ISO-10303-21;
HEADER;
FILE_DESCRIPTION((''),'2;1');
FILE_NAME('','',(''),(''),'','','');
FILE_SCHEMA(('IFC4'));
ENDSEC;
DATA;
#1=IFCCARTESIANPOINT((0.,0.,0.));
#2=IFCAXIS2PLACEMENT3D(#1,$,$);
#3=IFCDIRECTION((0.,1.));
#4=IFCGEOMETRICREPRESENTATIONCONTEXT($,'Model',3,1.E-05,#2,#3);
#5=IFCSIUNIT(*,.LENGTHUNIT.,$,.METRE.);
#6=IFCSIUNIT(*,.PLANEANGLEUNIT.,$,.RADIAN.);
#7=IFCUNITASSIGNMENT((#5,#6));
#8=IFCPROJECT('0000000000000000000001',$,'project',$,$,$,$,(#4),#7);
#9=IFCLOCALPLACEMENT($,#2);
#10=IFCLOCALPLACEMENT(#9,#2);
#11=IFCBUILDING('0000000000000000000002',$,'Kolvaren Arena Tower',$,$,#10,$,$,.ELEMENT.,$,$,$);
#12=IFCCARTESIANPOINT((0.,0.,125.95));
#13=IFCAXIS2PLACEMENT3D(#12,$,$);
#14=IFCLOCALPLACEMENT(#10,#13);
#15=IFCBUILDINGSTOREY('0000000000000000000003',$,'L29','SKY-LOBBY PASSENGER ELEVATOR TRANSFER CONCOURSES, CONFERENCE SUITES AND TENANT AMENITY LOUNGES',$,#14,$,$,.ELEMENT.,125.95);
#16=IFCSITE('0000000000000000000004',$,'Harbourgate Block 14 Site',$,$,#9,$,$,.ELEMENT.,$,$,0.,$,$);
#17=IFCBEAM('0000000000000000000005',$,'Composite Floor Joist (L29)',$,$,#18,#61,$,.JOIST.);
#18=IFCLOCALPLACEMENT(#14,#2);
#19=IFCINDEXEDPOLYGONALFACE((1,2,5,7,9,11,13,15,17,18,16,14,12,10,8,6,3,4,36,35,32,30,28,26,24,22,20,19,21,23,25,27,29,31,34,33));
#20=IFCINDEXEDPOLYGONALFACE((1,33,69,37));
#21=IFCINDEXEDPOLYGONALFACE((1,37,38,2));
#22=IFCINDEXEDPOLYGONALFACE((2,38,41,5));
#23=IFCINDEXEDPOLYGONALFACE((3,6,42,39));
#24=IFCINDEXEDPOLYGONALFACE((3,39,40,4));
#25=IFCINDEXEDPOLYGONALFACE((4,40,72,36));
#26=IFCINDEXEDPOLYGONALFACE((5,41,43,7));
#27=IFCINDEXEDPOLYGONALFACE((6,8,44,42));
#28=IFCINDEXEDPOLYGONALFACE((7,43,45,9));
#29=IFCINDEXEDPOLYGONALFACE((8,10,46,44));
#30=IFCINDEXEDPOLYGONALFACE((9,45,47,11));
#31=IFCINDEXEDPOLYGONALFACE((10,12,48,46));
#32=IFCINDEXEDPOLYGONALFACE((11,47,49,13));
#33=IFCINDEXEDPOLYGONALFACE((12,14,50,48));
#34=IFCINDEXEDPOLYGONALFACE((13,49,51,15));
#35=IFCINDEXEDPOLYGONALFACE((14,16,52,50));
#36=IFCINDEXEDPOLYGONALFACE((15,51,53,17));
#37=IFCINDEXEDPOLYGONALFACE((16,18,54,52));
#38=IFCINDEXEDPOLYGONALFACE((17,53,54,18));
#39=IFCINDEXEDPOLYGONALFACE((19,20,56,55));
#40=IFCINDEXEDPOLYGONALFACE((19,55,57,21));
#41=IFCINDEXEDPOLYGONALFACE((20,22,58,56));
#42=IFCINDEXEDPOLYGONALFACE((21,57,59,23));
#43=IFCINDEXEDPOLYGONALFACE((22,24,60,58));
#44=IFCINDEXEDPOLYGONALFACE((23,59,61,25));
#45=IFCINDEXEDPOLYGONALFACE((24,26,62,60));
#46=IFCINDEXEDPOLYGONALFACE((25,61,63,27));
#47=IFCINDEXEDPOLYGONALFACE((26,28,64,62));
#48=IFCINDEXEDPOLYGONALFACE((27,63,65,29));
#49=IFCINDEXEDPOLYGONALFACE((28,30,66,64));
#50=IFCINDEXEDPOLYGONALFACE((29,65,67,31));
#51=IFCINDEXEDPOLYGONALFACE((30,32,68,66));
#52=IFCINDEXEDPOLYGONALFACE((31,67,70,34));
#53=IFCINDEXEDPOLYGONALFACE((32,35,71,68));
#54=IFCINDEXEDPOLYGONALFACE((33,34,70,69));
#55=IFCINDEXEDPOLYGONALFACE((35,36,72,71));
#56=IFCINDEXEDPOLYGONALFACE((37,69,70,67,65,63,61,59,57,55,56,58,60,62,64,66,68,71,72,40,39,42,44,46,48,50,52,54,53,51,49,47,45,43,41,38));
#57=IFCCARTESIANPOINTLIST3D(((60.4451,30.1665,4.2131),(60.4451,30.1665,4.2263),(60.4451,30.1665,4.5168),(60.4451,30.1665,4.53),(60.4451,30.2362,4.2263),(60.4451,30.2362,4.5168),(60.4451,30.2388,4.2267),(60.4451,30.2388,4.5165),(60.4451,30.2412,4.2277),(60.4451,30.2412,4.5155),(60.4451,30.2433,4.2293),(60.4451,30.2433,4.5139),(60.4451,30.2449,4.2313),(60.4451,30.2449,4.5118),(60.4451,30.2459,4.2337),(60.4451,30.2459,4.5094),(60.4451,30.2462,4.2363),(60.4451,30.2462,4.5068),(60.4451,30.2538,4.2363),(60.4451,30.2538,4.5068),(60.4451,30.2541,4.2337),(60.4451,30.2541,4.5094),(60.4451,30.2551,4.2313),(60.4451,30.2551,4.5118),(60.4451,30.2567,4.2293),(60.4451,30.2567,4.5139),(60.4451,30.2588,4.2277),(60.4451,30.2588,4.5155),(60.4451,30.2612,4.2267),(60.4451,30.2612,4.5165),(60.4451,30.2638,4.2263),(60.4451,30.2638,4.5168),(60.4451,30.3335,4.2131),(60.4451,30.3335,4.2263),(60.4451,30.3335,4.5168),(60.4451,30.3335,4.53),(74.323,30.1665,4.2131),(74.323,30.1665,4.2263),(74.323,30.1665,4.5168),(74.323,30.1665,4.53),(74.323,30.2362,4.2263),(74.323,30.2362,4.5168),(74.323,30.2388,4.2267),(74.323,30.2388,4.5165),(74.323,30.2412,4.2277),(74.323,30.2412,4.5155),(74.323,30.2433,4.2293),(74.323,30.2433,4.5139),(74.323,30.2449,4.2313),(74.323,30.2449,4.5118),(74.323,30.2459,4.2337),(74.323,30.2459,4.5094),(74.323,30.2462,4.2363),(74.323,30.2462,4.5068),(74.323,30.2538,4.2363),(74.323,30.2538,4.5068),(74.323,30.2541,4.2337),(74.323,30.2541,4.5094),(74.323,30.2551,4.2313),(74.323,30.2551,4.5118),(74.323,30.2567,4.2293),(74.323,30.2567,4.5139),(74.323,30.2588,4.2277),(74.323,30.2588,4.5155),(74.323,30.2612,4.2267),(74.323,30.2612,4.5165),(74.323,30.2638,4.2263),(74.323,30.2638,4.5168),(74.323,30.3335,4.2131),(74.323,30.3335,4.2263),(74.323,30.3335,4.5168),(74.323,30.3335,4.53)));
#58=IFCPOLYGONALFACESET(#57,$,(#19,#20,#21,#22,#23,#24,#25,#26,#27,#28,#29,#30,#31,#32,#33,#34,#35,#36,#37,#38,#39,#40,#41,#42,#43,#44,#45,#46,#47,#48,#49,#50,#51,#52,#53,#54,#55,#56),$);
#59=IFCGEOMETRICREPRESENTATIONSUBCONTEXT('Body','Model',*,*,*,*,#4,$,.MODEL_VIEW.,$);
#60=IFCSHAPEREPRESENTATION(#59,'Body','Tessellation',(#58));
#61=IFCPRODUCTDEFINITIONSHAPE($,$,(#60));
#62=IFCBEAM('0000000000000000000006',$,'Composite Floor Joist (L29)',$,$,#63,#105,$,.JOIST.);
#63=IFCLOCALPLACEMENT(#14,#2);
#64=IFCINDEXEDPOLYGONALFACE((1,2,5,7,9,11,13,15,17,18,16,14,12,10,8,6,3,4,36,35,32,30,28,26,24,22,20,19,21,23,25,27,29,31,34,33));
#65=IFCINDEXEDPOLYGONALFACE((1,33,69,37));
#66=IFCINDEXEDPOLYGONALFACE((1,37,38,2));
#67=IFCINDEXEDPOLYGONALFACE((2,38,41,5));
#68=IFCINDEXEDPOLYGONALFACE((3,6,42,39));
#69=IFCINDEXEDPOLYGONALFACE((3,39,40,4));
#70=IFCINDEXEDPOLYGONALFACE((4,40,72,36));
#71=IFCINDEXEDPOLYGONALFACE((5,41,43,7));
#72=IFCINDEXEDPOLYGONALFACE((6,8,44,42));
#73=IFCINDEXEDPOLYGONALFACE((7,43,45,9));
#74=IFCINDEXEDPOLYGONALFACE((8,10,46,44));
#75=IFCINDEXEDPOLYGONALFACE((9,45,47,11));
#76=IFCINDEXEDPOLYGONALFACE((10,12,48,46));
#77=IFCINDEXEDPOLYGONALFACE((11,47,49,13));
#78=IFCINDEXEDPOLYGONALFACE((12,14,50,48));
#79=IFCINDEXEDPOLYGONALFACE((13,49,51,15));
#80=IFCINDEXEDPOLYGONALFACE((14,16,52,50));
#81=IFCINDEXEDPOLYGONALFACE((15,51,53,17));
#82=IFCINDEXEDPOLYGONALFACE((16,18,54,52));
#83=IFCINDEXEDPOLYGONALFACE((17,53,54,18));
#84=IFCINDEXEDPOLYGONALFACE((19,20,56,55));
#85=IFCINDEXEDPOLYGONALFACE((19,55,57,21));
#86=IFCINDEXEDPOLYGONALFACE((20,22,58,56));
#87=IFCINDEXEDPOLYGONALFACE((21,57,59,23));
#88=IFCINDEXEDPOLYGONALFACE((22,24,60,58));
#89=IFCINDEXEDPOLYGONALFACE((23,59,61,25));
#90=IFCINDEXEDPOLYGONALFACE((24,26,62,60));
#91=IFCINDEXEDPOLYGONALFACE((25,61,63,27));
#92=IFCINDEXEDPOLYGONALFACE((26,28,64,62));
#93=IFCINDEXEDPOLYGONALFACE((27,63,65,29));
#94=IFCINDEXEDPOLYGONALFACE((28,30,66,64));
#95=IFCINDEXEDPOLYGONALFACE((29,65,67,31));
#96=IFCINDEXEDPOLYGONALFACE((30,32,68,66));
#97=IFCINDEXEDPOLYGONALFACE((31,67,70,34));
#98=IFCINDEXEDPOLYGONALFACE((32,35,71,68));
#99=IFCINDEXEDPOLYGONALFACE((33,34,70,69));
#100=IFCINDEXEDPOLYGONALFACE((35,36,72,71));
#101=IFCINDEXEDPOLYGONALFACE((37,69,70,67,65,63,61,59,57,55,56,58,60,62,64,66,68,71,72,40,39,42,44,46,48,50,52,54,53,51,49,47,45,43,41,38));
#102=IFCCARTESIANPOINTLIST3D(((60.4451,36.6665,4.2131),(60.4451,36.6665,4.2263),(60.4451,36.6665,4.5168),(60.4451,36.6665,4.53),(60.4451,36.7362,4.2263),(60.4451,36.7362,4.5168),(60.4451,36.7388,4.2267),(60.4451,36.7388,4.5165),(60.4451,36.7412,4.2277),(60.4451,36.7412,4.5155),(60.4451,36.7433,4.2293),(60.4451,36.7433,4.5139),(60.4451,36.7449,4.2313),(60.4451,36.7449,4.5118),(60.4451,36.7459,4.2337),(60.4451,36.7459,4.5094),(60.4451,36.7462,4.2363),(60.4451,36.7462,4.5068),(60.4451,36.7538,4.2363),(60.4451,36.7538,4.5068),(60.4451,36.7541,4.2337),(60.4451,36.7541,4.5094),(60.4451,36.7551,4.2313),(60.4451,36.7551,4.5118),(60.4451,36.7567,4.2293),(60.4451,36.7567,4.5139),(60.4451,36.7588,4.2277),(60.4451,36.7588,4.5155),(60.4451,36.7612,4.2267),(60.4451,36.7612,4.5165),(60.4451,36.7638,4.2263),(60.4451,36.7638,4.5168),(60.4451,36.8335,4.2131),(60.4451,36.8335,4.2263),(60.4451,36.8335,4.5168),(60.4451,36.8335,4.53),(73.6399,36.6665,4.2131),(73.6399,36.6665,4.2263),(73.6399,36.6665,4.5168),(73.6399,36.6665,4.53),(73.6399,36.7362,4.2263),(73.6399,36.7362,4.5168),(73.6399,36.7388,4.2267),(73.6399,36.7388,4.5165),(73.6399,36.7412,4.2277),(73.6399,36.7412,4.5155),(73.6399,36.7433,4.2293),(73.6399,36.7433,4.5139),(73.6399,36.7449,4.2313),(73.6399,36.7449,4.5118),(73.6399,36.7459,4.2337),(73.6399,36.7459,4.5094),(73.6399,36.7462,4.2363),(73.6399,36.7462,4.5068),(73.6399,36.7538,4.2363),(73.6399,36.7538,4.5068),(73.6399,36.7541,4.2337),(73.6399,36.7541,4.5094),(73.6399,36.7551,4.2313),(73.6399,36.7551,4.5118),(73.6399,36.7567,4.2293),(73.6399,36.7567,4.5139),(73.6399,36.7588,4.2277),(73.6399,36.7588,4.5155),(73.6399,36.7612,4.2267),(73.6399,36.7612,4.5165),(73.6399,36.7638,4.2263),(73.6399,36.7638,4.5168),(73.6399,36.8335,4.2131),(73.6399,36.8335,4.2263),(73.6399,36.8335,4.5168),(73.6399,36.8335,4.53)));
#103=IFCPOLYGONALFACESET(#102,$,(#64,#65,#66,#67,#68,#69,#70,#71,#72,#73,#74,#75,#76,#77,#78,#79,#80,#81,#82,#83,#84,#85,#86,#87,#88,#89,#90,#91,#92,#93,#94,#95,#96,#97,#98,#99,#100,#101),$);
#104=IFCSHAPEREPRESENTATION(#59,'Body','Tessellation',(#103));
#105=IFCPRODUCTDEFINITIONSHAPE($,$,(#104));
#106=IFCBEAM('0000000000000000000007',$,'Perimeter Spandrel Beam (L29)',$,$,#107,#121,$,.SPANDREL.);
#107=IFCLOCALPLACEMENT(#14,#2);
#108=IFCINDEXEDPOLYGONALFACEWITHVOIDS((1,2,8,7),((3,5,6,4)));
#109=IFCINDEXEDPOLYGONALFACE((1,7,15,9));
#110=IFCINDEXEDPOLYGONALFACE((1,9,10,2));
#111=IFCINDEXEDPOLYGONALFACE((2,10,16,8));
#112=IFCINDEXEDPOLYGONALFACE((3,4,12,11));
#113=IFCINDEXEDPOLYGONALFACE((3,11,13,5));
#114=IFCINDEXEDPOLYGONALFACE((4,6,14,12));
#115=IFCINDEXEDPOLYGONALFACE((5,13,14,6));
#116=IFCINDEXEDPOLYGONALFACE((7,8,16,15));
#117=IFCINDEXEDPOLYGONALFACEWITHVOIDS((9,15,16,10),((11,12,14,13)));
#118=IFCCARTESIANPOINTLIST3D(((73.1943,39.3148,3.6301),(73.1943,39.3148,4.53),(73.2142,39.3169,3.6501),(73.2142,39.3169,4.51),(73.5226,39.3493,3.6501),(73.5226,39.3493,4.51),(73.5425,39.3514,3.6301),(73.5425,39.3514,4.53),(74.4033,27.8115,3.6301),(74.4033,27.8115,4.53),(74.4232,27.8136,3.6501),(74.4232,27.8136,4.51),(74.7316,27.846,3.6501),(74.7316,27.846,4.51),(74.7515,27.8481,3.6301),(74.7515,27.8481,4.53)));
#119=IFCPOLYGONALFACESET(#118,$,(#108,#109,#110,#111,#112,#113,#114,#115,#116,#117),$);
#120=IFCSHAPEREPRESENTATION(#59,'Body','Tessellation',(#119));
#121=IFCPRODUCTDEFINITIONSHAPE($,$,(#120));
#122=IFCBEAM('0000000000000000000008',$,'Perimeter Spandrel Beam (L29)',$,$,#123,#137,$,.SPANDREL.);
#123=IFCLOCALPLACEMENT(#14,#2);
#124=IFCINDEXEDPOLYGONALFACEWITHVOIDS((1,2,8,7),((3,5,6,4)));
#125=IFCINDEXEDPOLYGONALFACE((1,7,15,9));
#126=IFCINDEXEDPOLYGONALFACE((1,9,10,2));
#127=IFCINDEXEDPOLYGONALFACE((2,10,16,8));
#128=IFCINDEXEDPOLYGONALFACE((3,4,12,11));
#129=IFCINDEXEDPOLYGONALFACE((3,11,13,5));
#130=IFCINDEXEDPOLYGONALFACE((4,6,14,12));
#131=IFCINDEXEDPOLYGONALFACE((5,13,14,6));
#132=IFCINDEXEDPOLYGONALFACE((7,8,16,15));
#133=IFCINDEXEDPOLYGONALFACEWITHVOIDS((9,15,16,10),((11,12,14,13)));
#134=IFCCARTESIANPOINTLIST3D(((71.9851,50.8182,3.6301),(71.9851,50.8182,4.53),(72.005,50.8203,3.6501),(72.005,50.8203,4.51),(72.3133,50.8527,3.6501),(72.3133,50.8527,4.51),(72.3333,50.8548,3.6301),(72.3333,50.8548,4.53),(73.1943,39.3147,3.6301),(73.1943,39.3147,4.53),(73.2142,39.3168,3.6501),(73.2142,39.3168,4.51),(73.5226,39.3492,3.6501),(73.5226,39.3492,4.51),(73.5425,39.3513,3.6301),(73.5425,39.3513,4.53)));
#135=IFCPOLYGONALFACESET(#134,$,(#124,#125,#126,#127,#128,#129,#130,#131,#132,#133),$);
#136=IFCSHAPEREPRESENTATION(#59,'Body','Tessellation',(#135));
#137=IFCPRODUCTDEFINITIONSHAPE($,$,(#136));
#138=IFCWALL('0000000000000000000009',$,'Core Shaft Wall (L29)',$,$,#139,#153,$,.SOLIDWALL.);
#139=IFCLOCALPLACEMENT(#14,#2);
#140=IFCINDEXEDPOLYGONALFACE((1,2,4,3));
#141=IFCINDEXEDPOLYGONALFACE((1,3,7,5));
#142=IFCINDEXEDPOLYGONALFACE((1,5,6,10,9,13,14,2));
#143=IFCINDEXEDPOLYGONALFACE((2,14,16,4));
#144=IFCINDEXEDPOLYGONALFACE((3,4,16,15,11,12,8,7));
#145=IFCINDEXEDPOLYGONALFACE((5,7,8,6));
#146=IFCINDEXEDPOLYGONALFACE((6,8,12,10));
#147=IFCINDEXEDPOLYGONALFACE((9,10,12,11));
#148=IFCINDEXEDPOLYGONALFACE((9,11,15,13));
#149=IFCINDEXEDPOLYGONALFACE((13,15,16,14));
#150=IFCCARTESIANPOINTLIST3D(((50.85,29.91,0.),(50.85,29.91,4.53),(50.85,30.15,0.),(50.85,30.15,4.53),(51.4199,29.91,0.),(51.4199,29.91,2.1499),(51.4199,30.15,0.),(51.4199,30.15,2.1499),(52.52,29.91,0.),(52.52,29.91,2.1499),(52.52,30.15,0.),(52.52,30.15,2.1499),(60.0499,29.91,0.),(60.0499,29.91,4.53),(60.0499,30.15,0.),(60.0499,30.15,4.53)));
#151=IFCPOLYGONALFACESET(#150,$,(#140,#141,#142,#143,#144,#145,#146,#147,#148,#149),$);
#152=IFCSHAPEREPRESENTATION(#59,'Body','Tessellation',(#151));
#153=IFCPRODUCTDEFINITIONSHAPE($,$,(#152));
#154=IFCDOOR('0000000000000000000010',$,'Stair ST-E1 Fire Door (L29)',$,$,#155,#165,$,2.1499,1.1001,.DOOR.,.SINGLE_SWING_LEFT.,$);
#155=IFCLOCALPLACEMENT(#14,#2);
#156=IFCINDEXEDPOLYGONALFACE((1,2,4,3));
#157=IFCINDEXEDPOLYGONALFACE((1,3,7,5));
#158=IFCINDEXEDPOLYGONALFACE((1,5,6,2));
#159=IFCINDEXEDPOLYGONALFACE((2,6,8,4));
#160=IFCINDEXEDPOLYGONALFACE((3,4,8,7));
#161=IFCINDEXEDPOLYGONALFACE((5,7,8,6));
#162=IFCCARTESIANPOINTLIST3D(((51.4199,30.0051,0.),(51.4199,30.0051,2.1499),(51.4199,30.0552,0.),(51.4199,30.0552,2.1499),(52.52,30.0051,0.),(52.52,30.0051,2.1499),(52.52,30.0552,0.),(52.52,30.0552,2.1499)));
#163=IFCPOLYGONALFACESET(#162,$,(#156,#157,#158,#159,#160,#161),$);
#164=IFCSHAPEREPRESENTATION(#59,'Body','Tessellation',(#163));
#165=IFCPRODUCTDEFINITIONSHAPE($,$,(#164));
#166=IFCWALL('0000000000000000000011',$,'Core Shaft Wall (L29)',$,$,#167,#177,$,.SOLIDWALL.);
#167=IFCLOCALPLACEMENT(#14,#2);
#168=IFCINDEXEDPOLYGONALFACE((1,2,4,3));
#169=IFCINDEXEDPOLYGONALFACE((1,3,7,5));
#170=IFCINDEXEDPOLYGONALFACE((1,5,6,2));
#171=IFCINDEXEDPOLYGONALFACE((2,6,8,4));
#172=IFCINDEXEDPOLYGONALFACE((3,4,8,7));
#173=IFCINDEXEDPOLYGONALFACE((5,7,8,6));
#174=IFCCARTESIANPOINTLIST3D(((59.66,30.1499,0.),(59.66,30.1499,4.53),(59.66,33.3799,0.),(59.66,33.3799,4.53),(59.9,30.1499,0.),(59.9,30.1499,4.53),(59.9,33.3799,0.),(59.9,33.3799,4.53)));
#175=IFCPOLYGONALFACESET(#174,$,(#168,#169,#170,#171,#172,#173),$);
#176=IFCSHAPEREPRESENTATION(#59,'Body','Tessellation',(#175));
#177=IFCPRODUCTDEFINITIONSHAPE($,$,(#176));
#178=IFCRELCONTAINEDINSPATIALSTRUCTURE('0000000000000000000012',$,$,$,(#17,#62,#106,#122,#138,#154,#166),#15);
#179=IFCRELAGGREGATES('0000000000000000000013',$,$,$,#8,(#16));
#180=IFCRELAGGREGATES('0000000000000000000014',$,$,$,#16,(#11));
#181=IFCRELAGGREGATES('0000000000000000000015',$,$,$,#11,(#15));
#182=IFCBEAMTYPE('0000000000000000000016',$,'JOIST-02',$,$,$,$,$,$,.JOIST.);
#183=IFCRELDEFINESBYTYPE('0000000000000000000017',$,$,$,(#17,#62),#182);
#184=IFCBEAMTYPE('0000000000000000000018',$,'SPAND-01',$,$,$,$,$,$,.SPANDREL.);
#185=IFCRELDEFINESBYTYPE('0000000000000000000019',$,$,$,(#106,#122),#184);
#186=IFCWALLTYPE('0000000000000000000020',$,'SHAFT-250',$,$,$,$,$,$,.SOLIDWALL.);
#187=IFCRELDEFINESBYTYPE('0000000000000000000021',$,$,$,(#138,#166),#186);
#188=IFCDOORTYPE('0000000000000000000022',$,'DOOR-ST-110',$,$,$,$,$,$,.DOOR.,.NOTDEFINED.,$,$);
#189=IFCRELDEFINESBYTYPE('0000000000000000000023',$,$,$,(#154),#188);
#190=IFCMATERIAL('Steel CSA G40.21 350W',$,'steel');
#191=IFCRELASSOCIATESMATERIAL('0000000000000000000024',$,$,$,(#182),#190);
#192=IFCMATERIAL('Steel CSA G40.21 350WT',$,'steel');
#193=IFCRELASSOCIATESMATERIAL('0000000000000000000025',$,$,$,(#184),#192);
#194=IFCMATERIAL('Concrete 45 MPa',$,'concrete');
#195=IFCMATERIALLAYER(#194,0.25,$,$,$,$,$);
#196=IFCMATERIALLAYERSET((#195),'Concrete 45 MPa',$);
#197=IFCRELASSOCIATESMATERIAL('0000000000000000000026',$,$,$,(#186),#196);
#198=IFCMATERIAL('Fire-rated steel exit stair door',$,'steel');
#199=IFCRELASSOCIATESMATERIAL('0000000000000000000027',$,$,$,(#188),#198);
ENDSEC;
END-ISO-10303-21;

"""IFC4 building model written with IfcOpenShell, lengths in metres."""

from ifc_helpers import new_model, si_unit, direction, frame, frame_2d, origin, origin_2d, place, context, subcontext, project, spatial, rectangle, hollow_rectangle, i_section, extrude, material, layer, layer_set, material_profile, profile_set, type_object, element, fill, save


model = new_model("IFC4")

# Units and contexts
model_context = context("Model", 3, precision=1e-05, world=origin(), true_north=direction((0.0, 1.0)))
body_context = subcontext(model_context, "Body", "Model", "MODEL_VIEW")
ifc_project = project(units=[si_unit("LENGTHUNIT", "METRE"), si_unit("PLANEANGLEUNIT", "RADIAN")], contexts=[model_context])

# Site, building, storey
site_placement = place(None, origin())
site = spatial("IfcSite", under=ifc_project, at=site_placement, Name="Harbourgate Block 14 Site", CompositionType="ELEMENT", RefElevation=0.0)
building_placement = place(site_placement, origin())
building = spatial("IfcBuilding", under=site, at=building_placement, Name="Kolvaren Arena Tower", CompositionType="ELEMENT")
storey_placement = place(building_placement, frame((0.0, 0.0, 125.95)))
storey = spatial("IfcBuildingStorey", under=building, at=storey_placement, Name="L29", Description="SKY-LOBBY PASSENGER ELEVATOR TRANSFER CONCOURSES, CONFERENCE SUITES AND TENANT AMENITY LOUNGES", CompositionType="ELEMENT", Elevation=125.95)

# Beams
ifc_material_1 = material(Name="Steel CSA G40.21 350W", Category="steel")
ifc_material_profile_1 = material_profile(ifc_material_1, i_section(OverallWidth=0.167, OverallDepth=0.3169, WebThickness=0.0076, FlangeThickness=0.0132, FilletRadius=0.01, at=origin_2d()), Name="W310x52")
ifc_profile_set_1 = profile_set([ifc_material_profile_1], Name="Steel CSA G40.21 350W")
beam_type_1 = type_object("IfcBeamType", Name="JOIST-02", PredefinedType="JOIST", material=ifc_profile_set_1)
beam_1_placement = place(storey_placement, frame((60.4451, 30.25, 4.3716), z_axis=(1.0, 0.0, 0.0), x_axis=(0.0, 1.0, 0.0)))
element("IfcBeam", 1, at=beam_1_placement, inside=storey, type_object=beam_type_1, Name="Composite Floor Joist (L29)", PredefinedType="JOIST", context=body_context, shape_type="SweptSolid", body=[
    extrude(i_section(OverallWidth=0.167, OverallDepth=0.3169, WebThickness=0.0076, FlangeThickness=0.0132, FilletRadius=0.01, at=origin_2d()), origin(), (0.0, 0.0, 1.0), 13.8779),
])
beam_2_placement = place(storey_placement, frame((60.4451, 36.75, 4.3716), z_axis=(1.0, 0.0, 0.0), x_axis=(0.0, 1.0, 0.0)))
element("IfcBeam", 2, at=beam_2_placement, inside=storey, type_object=beam_type_1, Name="Composite Floor Joist (L29)", PredefinedType="JOIST", context=body_context, shape_type="SweptSolid", body=[
    extrude(i_section(OverallWidth=0.167, OverallDepth=0.3169, WebThickness=0.0076, FlangeThickness=0.0132, FilletRadius=0.01, at=origin_2d()), origin(), (0.0, 0.0, 1.0), 13.1948),
])
ifc_material_2 = material(Name="Steel CSA G40.21 350WT", Category="steel")
ifc_material_profile_2 = material_profile(ifc_material_2, hollow_rectangle(XDim=0.3501, YDim=0.8999, WallThickness=0.02, at=origin_2d()), Name="HSS 900x350x20")
ifc_profile_set_2 = profile_set([ifc_material_profile_2], Name="Steel CSA G40.21 350WT")
beam_type_2 = type_object("IfcBeamType", Name="SPAND-01", PredefinedType="SPANDREL", material=ifc_profile_set_2)
beam_3_placement = place(storey_placement, frame((74.5774, 27.8298, 4.0801), z_axis=(-0.104524, 0.994522, 0.0), x_axis=(-0.994522, -0.104524, 0.0)))
element("IfcBeam", 3, at=beam_3_placement, inside=storey, type_object=beam_type_2, Name="Perimeter Spandrel Beam (L29)", PredefinedType="SPANDREL", context=body_context, shape_type="SweptSolid", body=[
    extrude(hollow_rectangle(XDim=0.3501, YDim=0.8999, WallThickness=0.02, at=origin_2d()), origin(), (0.0, 0.0, 1.0), 11.5667),
])
beam_4_placement = place(storey_placement, frame((73.3684, 39.333, 4.0801), z_axis=(-0.104543, 0.99452, 0.0), x_axis=(-0.99452, -0.104543, 0.0)))
element("IfcBeam", 4, at=beam_4_placement, inside=storey, type_object=beam_type_2, Name="Perimeter Spandrel Beam (L29)", PredefinedType="SPANDREL", context=body_context, shape_type="SweptSolid", body=[
    extrude(hollow_rectangle(XDim=0.3501, YDim=0.8999, WallThickness=0.02, at=origin_2d()), origin(), (0.0, 0.0, 1.0), 11.5669),
])

# Wall, opening, door
ifc_material_3 = material(Name="Concrete 45 MPa", Category="concrete")
ifc_layer = layer(ifc_material_3, 0.25)
ifc_layer_set = layer_set([ifc_layer], Name="Concrete 45 MPa")
wall_type = type_object("IfcWallType", Name="SHAFT-250", PredefinedType="SOLIDWALL", material=ifc_layer_set)
wall_1_placement = place(storey_placement, frame((60.05, 30.03, 0.0), z_axis=(0.0, 0.0, 1.0), x_axis=(-1.0, 0.0, 0.0)))
wall_1 = element("IfcWall", 5, at=wall_1_placement, inside=storey, type_object=wall_type, Name="Core Shaft Wall (L29)", PredefinedType="SOLIDWALL", context=body_context, shape_type="SweptSolid", body=[
    extrude(rectangle(XDim=9.2, YDim=0.24, at=frame_2d((4.6001, 0.0))), origin(), (0.0, 0.0, 1.0), 4.53),
])
opening_1_placement = place(wall_1_placement, frame((7.53, 0.0, 0.0)))
opening_1 = element("IfcOpeningElement", 6, at=opening_1_placement, cuts=wall_1, PredefinedType="OPENING", context=body_context, shape_type="SweptSolid", body=[
    extrude(rectangle(XDim=1.1001, YDim=2.1499, at=frame_2d((0.55, 1.075))), frame((0.0, 0.1299, 0.0), z_axis=(0.0, -1.0, 0.0), x_axis=(1.0, 0.0, 0.0)), (0.0, 0.0, 1.0), 0.26),
])
ifc_material_4 = material(Name="Fire-rated steel exit stair door", Category="steel")
door_type = type_object("IfcDoorType", Name="DOOR-ST-110", OperationType="NOTDEFINED", PredefinedType="DOOR", material=ifc_material_4)
door_1_placement = place(opening_1_placement, origin())
door_1 = element("IfcDoor", 7, at=door_1_placement, inside=storey, type_object=door_type, Name="Stair ST-E1 Fire Door (L29)", OperationType="SINGLE_SWING_LEFT", OverallHeight=2.1499, OverallWidth=1.1001, PredefinedType="DOOR", context=body_context, shape_type="SweptSolid", body=[
    extrude(rectangle(XDim=1.1001, YDim=2.1499, at=frame_2d((0.55, 1.075))), frame((0.0, 0.0249, 0.0), z_axis=(0.0, -1.0, 0.0), x_axis=(1.0, 0.0, 0.0)), (0.0, 0.0, 1.0), 0.05),
])
fill(opening_1, door_1)

# Wall
wall_2_placement = place(storey_placement, frame((59.78, 30.1499, 0.0), z_axis=(0.0, 0.0, 1.0), x_axis=(0.0, 1.0, 0.0)))
element("IfcWall", 8, at=wall_2_placement, inside=storey, type_object=wall_type, Name="Core Shaft Wall (L29)", PredefinedType="SOLIDWALL", context=body_context, shape_type="SweptSolid", body=[
    extrude(rectangle(XDim=3.23, YDim=0.24, at=frame_2d((1.615, 0.0))), origin(), (0.0, 0.0, 1.0), 4.53),
])

save(model, "model.ifc")
